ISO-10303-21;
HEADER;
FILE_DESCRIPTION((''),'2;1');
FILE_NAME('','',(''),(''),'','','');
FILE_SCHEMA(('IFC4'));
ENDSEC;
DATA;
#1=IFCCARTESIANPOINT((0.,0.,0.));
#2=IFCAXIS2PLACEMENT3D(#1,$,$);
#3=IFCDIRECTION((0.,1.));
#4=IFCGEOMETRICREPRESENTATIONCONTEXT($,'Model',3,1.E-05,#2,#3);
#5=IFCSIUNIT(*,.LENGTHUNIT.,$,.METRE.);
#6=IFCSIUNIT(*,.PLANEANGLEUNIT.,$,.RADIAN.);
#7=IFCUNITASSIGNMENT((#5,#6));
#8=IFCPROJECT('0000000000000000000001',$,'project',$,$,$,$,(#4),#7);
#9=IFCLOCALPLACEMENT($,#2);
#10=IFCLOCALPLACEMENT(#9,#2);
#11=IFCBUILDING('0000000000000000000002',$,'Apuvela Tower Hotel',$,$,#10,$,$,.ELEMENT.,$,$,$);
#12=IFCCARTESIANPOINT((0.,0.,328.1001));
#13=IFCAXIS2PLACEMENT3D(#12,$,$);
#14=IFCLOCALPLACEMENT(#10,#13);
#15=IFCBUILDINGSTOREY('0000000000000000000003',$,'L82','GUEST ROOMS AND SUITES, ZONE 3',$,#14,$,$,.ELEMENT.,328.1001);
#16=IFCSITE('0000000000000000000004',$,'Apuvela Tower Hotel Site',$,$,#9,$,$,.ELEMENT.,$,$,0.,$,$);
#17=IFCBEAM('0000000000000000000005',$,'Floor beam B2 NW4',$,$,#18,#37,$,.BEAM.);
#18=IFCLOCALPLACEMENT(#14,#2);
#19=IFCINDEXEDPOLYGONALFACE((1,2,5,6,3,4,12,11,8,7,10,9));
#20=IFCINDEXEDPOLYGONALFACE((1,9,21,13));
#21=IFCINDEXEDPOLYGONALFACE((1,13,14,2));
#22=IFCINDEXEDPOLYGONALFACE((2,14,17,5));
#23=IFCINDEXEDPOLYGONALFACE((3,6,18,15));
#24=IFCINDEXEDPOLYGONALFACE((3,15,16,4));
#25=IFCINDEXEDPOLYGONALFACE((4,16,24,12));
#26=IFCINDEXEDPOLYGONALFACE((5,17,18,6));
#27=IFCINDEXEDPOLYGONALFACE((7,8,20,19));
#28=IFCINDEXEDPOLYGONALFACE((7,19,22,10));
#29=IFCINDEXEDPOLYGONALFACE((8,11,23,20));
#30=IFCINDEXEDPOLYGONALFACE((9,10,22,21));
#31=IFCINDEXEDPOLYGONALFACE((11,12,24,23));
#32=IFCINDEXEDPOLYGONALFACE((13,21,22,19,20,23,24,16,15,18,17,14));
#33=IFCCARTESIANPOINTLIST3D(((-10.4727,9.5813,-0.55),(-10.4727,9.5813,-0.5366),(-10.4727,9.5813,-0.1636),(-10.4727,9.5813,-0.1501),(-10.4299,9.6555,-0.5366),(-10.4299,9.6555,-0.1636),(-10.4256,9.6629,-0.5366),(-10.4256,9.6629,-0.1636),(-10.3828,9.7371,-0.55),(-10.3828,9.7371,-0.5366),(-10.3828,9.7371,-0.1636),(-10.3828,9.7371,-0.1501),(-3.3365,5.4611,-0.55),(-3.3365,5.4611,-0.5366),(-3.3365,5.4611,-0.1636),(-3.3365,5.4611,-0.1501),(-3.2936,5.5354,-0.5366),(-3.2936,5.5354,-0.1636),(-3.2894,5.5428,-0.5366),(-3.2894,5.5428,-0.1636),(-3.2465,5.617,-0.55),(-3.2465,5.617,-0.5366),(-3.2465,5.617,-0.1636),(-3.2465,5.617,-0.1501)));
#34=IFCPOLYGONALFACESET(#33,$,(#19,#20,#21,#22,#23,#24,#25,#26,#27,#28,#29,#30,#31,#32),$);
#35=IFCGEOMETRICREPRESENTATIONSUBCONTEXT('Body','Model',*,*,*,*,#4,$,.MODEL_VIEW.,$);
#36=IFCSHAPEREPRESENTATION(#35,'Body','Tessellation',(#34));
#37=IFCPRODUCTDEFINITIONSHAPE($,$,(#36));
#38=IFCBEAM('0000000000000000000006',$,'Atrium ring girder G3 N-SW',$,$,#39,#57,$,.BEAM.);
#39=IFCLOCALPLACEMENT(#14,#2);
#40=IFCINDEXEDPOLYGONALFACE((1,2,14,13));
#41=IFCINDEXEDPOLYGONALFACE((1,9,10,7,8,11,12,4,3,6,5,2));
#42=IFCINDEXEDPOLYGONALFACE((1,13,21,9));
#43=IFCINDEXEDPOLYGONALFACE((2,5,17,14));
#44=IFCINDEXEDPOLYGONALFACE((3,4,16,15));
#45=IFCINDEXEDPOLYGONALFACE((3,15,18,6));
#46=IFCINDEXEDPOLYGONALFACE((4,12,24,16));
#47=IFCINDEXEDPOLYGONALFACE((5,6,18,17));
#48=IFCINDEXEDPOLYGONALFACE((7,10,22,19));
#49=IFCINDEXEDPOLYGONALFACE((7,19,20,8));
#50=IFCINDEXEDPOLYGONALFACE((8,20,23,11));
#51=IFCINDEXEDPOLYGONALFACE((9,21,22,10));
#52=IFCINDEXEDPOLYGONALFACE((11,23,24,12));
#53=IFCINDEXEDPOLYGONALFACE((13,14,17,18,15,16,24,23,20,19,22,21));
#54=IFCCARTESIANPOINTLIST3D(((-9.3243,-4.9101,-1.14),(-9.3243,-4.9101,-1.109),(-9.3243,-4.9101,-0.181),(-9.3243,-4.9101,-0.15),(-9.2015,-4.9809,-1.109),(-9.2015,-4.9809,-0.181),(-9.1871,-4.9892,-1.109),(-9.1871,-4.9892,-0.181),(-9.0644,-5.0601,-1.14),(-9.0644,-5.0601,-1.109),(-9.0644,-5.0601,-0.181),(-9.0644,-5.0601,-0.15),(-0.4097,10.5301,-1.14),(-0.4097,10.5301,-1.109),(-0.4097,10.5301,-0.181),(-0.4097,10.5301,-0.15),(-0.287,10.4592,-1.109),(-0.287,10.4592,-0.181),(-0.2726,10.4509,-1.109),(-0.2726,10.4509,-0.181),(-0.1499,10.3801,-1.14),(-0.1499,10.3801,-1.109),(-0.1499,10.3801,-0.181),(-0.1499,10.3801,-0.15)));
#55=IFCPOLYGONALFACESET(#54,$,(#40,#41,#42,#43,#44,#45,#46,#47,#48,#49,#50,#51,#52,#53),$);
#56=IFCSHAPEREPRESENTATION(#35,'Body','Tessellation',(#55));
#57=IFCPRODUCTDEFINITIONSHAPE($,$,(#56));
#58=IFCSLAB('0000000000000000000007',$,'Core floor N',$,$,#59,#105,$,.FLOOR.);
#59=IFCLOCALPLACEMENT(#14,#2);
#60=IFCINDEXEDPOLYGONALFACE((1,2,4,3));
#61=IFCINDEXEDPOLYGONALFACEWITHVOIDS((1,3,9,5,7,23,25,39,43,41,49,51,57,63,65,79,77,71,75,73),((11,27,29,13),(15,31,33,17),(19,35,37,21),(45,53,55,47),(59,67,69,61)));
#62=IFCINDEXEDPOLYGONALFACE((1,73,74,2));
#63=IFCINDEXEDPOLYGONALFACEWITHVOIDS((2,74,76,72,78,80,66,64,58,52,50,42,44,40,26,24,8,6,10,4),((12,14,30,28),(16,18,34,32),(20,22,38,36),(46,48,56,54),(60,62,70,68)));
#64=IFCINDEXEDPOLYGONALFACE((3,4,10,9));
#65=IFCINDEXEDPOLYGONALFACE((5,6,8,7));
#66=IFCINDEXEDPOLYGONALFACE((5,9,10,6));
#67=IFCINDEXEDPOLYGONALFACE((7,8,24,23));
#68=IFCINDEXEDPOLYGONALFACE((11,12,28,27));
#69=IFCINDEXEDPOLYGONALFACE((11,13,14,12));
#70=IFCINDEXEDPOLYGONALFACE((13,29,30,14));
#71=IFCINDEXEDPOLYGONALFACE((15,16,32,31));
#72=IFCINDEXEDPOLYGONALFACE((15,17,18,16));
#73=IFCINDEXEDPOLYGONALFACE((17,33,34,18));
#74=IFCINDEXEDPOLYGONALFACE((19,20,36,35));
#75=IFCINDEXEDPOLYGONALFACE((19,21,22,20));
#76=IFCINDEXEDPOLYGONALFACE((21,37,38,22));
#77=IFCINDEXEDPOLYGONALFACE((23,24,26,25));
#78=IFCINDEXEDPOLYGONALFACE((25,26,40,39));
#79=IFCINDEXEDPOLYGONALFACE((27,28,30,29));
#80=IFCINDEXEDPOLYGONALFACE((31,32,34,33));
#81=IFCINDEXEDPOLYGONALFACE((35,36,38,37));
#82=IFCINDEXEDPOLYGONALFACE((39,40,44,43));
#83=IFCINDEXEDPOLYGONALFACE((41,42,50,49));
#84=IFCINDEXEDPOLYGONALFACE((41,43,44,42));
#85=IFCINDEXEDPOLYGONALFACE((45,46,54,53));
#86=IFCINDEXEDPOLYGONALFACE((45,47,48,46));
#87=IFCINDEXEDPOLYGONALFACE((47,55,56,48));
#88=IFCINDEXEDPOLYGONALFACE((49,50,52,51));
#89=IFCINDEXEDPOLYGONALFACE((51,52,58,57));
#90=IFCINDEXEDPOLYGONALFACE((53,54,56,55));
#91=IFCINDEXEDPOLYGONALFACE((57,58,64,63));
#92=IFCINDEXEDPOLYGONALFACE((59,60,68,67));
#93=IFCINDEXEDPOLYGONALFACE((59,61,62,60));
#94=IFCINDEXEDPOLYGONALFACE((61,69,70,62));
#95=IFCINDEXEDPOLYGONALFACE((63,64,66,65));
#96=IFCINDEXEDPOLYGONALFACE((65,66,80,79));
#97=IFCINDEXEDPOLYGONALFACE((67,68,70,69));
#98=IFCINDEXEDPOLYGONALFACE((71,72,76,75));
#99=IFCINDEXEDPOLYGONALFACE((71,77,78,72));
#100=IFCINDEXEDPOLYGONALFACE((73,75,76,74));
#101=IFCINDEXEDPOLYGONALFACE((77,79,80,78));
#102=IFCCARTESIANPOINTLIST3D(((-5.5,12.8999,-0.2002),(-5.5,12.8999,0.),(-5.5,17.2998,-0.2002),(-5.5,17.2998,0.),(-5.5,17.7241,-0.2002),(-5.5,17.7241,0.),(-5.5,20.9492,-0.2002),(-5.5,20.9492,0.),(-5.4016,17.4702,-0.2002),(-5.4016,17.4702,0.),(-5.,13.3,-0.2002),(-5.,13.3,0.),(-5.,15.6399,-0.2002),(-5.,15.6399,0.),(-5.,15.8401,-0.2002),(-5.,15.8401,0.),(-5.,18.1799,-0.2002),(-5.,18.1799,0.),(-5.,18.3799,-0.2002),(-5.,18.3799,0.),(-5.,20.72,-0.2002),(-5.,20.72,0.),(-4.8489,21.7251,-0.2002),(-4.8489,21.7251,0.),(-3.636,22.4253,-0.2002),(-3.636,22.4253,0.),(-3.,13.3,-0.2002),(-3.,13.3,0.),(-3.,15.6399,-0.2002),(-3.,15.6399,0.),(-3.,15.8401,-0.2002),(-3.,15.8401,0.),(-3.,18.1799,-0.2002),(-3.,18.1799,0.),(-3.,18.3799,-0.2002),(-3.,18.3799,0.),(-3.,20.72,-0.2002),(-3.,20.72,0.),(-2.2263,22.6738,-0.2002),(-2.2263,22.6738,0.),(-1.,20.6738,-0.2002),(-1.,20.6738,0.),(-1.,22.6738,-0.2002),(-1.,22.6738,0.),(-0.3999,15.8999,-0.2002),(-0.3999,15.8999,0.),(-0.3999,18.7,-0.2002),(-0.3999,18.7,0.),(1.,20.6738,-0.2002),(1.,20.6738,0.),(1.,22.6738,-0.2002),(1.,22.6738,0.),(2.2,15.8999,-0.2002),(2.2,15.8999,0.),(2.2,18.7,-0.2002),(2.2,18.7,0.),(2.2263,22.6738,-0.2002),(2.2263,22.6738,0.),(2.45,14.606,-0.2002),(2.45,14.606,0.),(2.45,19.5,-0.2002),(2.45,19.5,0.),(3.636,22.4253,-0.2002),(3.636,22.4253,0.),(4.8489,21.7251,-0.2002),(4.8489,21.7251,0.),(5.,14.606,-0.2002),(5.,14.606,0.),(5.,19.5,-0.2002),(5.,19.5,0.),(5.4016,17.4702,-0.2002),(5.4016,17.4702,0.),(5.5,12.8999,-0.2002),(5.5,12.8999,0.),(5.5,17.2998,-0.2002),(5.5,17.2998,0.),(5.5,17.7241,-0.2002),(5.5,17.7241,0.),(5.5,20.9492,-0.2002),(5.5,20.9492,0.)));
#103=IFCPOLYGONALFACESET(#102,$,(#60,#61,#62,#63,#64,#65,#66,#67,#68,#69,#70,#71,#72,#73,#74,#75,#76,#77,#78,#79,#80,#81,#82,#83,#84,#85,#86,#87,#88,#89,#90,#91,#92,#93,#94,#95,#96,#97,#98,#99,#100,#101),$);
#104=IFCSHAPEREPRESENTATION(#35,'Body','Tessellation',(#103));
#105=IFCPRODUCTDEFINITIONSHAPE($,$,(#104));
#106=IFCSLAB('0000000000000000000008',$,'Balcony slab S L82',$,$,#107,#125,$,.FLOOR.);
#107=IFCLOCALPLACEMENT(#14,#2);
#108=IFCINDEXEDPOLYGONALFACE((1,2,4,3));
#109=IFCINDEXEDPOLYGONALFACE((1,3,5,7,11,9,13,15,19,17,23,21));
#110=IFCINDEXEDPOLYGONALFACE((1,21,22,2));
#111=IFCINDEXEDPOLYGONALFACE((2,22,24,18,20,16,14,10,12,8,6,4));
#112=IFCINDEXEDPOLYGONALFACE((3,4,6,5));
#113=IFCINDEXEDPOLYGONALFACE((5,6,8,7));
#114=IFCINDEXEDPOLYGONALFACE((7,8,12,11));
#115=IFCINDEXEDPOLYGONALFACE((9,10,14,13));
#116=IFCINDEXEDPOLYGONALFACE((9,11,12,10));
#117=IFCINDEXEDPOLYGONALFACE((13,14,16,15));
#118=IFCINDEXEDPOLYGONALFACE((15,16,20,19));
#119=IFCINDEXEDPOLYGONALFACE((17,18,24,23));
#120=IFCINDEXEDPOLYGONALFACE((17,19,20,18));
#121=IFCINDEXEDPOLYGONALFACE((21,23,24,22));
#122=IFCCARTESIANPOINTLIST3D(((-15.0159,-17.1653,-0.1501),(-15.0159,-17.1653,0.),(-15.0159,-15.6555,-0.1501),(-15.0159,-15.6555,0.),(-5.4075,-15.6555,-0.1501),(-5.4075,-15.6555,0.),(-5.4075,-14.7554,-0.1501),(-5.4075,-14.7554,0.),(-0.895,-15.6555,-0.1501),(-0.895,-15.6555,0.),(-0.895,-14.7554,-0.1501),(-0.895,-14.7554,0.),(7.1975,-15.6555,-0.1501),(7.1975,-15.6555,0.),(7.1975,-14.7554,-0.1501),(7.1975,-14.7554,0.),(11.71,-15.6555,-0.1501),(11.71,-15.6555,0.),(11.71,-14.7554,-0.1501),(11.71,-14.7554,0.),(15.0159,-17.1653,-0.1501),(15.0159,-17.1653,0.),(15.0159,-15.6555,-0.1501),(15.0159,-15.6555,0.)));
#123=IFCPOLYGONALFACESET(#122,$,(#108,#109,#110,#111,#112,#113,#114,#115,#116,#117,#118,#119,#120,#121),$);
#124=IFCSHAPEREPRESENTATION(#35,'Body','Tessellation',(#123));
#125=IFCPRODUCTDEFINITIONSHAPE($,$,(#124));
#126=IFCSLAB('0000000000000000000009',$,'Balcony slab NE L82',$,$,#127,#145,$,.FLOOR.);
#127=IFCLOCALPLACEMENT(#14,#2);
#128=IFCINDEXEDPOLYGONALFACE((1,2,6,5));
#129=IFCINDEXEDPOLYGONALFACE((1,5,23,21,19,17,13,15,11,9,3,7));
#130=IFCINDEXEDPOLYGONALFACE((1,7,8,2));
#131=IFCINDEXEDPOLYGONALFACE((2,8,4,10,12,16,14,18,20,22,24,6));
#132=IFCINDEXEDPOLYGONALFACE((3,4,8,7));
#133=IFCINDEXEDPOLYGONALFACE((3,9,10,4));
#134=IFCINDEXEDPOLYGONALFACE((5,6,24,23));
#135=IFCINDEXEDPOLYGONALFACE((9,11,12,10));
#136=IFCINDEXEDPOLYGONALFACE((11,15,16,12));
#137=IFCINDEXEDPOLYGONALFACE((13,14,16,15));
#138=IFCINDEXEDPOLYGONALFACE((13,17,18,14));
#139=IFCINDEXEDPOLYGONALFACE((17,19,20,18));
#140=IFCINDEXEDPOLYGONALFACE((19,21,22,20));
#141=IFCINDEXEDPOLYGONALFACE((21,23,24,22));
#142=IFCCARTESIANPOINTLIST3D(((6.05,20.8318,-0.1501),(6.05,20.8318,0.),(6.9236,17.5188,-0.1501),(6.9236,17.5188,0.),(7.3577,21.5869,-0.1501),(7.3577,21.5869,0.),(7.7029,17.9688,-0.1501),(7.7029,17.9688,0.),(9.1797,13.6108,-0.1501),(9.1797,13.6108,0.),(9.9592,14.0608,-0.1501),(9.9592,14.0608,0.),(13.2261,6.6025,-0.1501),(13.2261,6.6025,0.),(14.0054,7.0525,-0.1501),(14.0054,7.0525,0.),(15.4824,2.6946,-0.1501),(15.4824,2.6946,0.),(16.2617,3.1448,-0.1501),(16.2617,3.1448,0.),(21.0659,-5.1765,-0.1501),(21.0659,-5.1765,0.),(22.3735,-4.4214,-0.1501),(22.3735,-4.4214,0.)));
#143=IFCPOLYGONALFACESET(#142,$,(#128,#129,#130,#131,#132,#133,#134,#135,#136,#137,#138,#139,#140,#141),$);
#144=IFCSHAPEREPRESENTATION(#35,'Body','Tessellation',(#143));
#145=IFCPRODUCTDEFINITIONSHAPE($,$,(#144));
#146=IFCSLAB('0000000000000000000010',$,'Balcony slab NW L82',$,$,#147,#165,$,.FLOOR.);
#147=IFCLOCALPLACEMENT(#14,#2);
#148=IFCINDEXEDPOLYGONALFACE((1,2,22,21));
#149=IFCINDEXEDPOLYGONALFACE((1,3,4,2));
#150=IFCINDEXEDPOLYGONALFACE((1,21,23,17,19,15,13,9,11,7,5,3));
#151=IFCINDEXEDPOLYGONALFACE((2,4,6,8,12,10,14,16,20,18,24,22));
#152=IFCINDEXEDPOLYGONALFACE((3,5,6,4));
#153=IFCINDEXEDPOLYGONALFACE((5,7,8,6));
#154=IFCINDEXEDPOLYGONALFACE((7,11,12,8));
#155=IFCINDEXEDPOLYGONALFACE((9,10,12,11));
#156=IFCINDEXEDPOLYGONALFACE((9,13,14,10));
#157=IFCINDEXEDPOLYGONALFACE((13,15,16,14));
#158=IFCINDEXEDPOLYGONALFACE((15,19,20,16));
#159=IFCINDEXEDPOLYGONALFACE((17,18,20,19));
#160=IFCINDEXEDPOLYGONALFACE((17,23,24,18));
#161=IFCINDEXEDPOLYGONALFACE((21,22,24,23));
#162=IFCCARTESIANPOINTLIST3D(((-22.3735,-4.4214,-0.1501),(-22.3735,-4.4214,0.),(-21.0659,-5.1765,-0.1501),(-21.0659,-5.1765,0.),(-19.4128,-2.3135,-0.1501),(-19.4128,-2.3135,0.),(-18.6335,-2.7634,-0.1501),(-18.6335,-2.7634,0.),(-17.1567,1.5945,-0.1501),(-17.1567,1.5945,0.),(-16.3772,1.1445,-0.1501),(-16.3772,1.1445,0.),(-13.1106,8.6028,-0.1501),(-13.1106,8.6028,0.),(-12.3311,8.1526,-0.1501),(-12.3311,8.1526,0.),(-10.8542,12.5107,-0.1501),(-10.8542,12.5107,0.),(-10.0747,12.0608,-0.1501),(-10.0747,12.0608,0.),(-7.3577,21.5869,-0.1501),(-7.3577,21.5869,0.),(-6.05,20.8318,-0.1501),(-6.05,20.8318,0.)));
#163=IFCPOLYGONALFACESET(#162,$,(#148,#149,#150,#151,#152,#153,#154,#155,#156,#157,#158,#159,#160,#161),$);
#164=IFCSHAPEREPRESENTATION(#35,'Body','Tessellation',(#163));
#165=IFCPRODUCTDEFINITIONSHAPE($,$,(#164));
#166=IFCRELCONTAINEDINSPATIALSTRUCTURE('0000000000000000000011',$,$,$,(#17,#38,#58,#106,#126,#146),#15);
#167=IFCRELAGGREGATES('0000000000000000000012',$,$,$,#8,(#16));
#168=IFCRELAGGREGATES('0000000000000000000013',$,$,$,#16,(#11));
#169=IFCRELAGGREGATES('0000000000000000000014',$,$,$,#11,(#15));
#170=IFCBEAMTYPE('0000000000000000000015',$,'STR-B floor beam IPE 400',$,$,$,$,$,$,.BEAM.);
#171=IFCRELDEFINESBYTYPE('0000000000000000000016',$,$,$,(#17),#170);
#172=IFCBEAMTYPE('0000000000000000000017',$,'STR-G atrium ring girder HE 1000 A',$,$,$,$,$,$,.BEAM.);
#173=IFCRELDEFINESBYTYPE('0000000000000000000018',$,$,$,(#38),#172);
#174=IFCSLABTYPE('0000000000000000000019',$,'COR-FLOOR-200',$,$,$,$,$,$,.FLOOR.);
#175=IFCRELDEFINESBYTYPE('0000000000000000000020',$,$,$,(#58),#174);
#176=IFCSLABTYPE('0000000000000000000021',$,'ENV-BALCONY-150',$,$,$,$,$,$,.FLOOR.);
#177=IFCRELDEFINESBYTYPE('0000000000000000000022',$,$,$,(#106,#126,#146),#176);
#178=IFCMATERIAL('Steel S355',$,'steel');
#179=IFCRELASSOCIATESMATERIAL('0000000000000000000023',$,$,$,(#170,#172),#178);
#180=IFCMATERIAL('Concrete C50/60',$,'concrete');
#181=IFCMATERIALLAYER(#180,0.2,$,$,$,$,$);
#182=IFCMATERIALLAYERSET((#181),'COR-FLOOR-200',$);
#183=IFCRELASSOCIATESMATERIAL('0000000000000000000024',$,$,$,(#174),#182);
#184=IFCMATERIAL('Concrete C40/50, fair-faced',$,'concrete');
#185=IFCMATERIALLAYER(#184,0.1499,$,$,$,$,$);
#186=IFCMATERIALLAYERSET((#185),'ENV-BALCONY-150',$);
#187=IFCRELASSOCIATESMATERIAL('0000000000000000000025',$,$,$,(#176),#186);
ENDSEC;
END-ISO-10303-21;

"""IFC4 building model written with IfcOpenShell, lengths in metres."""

from ifc_helpers import new_model, si_unit, direction, frame, origin, origin_2d, place, context, subcontext, project, spatial, polyline, i_section, outline, extrude, material, layer, layer_set, material_profile, profile_set, type_object, element, save


model = new_model("IFC4")

# Units and contexts
model_context = context("Model", 3, precision=1e-05, world=origin(), true_north=direction((0.0, 1.0)))
body_context = subcontext(model_context, "Body", "Model", "MODEL_VIEW")
ifc_project = project(units=[si_unit("LENGTHUNIT", "METRE"), si_unit("PLANEANGLEUNIT", "RADIAN")], contexts=[model_context])

# Site, building, storey
site_placement = place(None, origin())
site = spatial("IfcSite", under=ifc_project, at=site_placement, Name="Apuvela Tower Hotel Site", CompositionType="ELEMENT", RefElevation=0.0)
building_placement = place(site_placement, origin())
building = spatial("IfcBuilding", under=site, at=building_placement, Name="Apuvela Tower Hotel", CompositionType="ELEMENT")
storey_placement = place(building_placement, frame((0.0, 0.0, 328.1001)))
storey = spatial("IfcBuildingStorey", under=building, at=storey_placement, Name="L82", Description="GUEST ROOMS AND SUITES, ZONE 3", CompositionType="ELEMENT", Elevation=328.1001)

# Beams
ifc_material_1 = material(Name="Steel S355", Category="steel")
ifc_material_profile_1 = material_profile(ifc_material_1, i_section(OverallWidth=0.1799, OverallDepth=0.3999, WebThickness=0.0085, FlangeThickness=0.0134, at=origin_2d()), Name="IPE 400")
ifc_profile_set_1 = profile_set([ifc_material_profile_1], Name="Steel S355")
beam_type_1 = type_object("IfcBeamType", Name="STR-B floor beam IPE 400", PredefinedType="BEAM", material=ifc_profile_set_1)
beam_1_placement = place(storey_placement, frame((-10.4277, 9.6592, -0.3501), z_axis=(0.866025, -0.500001, 0.0), x_axis=(0.500001, 0.866025, 0.0)))
element("IfcBeam", 1, at=beam_1_placement, inside=storey, type_object=beam_type_1, Name="Floor beam B2 NW4", PredefinedType="BEAM", context=body_context, shape_type="SweptSolid", body=[
    extrude(i_section(OverallWidth=0.1799, OverallDepth=0.3999, WebThickness=0.0085, FlangeThickness=0.0134, at=origin_2d()), origin(), (0.0, 0.0, 1.0), 8.2402),
])
ifc_material_profile_2 = material_profile(ifc_material_1, i_section(OverallWidth=0.3, OverallDepth=0.99, WebThickness=0.0166, FlangeThickness=0.031, at=origin_2d()), Name="HE 1000 A")
ifc_profile_set_2 = profile_set([ifc_material_profile_2], Name="Steel S355")
beam_type_2 = type_object("IfcBeamType", Name="STR-G atrium ring girder HE 1000 A", PredefinedType="BEAM", material=ifc_profile_set_2)
beam_2_placement = place(storey_placement, frame((-0.2798, 10.4551, -0.645), z_axis=(-0.500007, -0.866022, 0.0), x_axis=(0.866022, -0.500007, 0.0)))
element("IfcBeam", 2, at=beam_2_placement, inside=storey, type_object=beam_type_2, Name="Atrium ring girder G3 N-SW", PredefinedType="BEAM", context=body_context, shape_type="SweptSolid", body=[
    extrude(i_section(OverallWidth=0.3, OverallDepth=0.99, WebThickness=0.0166, FlangeThickness=0.031, at=origin_2d()), origin(), (0.0, 0.0, 1.0), 17.8289),
])

# Slabs
ifc_material_2 = material(Name="Concrete C50/60", Category="concrete")
ifc_layer_1 = layer(ifc_material_2, 0.2)
ifc_layer_set_1 = layer_set([ifc_layer_1], Name="COR-FLOOR-200")
slab_type_1 = type_object("IfcSlabType", Name="COR-FLOOR-200", PredefinedType="FLOOR", material=ifc_layer_set_1)
slab_1_placement = place(storey_placement, frame((0.0, 0.0, -0.2002)))
element("IfcSlab", 3, at=slab_1_placement, inside=storey, type_object=slab_type_1, Name="Core floor N", PredefinedType="FLOOR", context=body_context, shape_type="SweptSolid", body=[
    extrude(outline(polyline([(5.4016, 17.4702), (5.5, 17.7241), (5.5, 20.9492), (4.8489, 21.7251), (3.636, 22.4253), (2.2263, 22.6738), (1.0, 22.6738), (1.0, 20.6738), (-1.0, 20.6738), (-1.0, 22.6738), (-2.2263, 22.6738), (-3.636, 22.4253), (-4.8489, 21.7251), (-5.5, 20.9492), (-5.5, 17.7241), (-5.4016, 17.4702), (-5.5, 17.2998), (-5.5, 12.8999), (5.5, 12.8999), (5.5, 17.2998), (5.4016, 17.4702)]), holes=[polyline([(-3.0, 13.3), (-5.0, 13.3), (-5.0, 15.6399), (-3.0, 15.6399), (-3.0, 13.3)]), polyline([(-3.0, 15.8401), (-5.0, 15.8401), (-5.0, 18.1799), (-3.0, 18.1799), (-3.0, 15.8401)]), polyline([(5.0, 14.606), (2.45, 14.606), (2.45, 19.5), (5.0, 19.5), (5.0, 14.606)]), polyline([(2.2, 18.7), (2.2, 15.8999), (-0.3999, 15.8999), (-0.3999, 18.7), (2.2, 18.7)]), polyline([(-3.0, 20.72), (-3.0, 18.3799), (-5.0, 18.3799), (-5.0, 20.72), (-3.0, 20.72)])]), origin(), (0.0, 0.0, 1.0), 0.2002),
])
ifc_material_3 = material(Name="Concrete C40/50, fair-faced", Category="concrete")
ifc_layer_2 = layer(ifc_material_3, 0.1499)
ifc_layer_set_2 = layer_set([ifc_layer_2], Name="ENV-BALCONY-150")
slab_type_2 = type_object("IfcSlabType", Name="ENV-BALCONY-150", PredefinedType="FLOOR", material=ifc_layer_set_2)
slab_2_placement = place(storey_placement, frame((0.0, 0.0, -0.1501)))
element("IfcSlab", 4, at=slab_2_placement, inside=storey, type_object=slab_type_2, Name="Balcony slab S L82", PredefinedType="FLOOR", context=body_context, shape_type="SweptSolid", body=[
    extrude(outline(polyline([(-15.0159, -15.6555), (-5.4075, -15.6555), (-5.4075, -14.7554), (-0.895, -14.7554), (-0.895, -15.6555), (7.1975, -15.6555), (7.1975, -14.7554), (11.71, -14.7554), (11.71, -15.6555), (15.0159, -15.6555), (15.0159, -17.1653), (-15.0159, -17.1653), (-15.0159, -15.6555)])), origin(), (0.0, 0.0, 1.0), 0.1501),
])
slab_3_placement = place(storey_placement, frame((0.0, 0.0, -0.1501)))
element("IfcSlab", 5, at=slab_3_placement, inside=storey, type_object=slab_type_2, Name="Balcony slab NE L82", PredefinedType="FLOOR", context=body_context, shape_type="SweptSolid", body=[
    extrude(outline(polyline([(14.0054, 7.0525), (9.9592, 14.0608), (9.1797, 13.6108), (6.9236, 17.5188), (7.7029, 17.9688), (6.05, 20.8318), (7.3577, 21.5869), (22.3735, -4.4214), (21.0659, -5.1765), (16.2617, 3.1448), (15.4824, 2.6946), (13.2261, 6.6025), (14.0054, 7.0525)])), origin(), (0.0, 0.0, 1.0), 0.1501),
])
slab_4_placement = place(storey_placement, frame((0.0, 0.0, -0.1501)))
element("IfcSlab", 6, at=slab_4_placement, inside=storey, type_object=slab_type_2, Name="Balcony slab NW L82", PredefinedType="FLOOR", context=body_context, shape_type="SweptSolid", body=[
    extrude(outline(polyline([(-22.3735, -4.4214), (-7.3577, 21.5869), (-6.05, 20.8318), (-10.8542, 12.5107), (-10.0747, 12.0608), (-12.3311, 8.1526), (-13.1106, 8.6028), (-17.1567, 1.5945), (-16.3772, 1.1445), (-18.6335, -2.7634), (-19.4128, -2.3135), (-21.0659, -5.1765), (-22.3735, -4.4214)])), origin(), (0.0, 0.0, 1.0), 0.1501),
])

save(model, "model.ifc")
